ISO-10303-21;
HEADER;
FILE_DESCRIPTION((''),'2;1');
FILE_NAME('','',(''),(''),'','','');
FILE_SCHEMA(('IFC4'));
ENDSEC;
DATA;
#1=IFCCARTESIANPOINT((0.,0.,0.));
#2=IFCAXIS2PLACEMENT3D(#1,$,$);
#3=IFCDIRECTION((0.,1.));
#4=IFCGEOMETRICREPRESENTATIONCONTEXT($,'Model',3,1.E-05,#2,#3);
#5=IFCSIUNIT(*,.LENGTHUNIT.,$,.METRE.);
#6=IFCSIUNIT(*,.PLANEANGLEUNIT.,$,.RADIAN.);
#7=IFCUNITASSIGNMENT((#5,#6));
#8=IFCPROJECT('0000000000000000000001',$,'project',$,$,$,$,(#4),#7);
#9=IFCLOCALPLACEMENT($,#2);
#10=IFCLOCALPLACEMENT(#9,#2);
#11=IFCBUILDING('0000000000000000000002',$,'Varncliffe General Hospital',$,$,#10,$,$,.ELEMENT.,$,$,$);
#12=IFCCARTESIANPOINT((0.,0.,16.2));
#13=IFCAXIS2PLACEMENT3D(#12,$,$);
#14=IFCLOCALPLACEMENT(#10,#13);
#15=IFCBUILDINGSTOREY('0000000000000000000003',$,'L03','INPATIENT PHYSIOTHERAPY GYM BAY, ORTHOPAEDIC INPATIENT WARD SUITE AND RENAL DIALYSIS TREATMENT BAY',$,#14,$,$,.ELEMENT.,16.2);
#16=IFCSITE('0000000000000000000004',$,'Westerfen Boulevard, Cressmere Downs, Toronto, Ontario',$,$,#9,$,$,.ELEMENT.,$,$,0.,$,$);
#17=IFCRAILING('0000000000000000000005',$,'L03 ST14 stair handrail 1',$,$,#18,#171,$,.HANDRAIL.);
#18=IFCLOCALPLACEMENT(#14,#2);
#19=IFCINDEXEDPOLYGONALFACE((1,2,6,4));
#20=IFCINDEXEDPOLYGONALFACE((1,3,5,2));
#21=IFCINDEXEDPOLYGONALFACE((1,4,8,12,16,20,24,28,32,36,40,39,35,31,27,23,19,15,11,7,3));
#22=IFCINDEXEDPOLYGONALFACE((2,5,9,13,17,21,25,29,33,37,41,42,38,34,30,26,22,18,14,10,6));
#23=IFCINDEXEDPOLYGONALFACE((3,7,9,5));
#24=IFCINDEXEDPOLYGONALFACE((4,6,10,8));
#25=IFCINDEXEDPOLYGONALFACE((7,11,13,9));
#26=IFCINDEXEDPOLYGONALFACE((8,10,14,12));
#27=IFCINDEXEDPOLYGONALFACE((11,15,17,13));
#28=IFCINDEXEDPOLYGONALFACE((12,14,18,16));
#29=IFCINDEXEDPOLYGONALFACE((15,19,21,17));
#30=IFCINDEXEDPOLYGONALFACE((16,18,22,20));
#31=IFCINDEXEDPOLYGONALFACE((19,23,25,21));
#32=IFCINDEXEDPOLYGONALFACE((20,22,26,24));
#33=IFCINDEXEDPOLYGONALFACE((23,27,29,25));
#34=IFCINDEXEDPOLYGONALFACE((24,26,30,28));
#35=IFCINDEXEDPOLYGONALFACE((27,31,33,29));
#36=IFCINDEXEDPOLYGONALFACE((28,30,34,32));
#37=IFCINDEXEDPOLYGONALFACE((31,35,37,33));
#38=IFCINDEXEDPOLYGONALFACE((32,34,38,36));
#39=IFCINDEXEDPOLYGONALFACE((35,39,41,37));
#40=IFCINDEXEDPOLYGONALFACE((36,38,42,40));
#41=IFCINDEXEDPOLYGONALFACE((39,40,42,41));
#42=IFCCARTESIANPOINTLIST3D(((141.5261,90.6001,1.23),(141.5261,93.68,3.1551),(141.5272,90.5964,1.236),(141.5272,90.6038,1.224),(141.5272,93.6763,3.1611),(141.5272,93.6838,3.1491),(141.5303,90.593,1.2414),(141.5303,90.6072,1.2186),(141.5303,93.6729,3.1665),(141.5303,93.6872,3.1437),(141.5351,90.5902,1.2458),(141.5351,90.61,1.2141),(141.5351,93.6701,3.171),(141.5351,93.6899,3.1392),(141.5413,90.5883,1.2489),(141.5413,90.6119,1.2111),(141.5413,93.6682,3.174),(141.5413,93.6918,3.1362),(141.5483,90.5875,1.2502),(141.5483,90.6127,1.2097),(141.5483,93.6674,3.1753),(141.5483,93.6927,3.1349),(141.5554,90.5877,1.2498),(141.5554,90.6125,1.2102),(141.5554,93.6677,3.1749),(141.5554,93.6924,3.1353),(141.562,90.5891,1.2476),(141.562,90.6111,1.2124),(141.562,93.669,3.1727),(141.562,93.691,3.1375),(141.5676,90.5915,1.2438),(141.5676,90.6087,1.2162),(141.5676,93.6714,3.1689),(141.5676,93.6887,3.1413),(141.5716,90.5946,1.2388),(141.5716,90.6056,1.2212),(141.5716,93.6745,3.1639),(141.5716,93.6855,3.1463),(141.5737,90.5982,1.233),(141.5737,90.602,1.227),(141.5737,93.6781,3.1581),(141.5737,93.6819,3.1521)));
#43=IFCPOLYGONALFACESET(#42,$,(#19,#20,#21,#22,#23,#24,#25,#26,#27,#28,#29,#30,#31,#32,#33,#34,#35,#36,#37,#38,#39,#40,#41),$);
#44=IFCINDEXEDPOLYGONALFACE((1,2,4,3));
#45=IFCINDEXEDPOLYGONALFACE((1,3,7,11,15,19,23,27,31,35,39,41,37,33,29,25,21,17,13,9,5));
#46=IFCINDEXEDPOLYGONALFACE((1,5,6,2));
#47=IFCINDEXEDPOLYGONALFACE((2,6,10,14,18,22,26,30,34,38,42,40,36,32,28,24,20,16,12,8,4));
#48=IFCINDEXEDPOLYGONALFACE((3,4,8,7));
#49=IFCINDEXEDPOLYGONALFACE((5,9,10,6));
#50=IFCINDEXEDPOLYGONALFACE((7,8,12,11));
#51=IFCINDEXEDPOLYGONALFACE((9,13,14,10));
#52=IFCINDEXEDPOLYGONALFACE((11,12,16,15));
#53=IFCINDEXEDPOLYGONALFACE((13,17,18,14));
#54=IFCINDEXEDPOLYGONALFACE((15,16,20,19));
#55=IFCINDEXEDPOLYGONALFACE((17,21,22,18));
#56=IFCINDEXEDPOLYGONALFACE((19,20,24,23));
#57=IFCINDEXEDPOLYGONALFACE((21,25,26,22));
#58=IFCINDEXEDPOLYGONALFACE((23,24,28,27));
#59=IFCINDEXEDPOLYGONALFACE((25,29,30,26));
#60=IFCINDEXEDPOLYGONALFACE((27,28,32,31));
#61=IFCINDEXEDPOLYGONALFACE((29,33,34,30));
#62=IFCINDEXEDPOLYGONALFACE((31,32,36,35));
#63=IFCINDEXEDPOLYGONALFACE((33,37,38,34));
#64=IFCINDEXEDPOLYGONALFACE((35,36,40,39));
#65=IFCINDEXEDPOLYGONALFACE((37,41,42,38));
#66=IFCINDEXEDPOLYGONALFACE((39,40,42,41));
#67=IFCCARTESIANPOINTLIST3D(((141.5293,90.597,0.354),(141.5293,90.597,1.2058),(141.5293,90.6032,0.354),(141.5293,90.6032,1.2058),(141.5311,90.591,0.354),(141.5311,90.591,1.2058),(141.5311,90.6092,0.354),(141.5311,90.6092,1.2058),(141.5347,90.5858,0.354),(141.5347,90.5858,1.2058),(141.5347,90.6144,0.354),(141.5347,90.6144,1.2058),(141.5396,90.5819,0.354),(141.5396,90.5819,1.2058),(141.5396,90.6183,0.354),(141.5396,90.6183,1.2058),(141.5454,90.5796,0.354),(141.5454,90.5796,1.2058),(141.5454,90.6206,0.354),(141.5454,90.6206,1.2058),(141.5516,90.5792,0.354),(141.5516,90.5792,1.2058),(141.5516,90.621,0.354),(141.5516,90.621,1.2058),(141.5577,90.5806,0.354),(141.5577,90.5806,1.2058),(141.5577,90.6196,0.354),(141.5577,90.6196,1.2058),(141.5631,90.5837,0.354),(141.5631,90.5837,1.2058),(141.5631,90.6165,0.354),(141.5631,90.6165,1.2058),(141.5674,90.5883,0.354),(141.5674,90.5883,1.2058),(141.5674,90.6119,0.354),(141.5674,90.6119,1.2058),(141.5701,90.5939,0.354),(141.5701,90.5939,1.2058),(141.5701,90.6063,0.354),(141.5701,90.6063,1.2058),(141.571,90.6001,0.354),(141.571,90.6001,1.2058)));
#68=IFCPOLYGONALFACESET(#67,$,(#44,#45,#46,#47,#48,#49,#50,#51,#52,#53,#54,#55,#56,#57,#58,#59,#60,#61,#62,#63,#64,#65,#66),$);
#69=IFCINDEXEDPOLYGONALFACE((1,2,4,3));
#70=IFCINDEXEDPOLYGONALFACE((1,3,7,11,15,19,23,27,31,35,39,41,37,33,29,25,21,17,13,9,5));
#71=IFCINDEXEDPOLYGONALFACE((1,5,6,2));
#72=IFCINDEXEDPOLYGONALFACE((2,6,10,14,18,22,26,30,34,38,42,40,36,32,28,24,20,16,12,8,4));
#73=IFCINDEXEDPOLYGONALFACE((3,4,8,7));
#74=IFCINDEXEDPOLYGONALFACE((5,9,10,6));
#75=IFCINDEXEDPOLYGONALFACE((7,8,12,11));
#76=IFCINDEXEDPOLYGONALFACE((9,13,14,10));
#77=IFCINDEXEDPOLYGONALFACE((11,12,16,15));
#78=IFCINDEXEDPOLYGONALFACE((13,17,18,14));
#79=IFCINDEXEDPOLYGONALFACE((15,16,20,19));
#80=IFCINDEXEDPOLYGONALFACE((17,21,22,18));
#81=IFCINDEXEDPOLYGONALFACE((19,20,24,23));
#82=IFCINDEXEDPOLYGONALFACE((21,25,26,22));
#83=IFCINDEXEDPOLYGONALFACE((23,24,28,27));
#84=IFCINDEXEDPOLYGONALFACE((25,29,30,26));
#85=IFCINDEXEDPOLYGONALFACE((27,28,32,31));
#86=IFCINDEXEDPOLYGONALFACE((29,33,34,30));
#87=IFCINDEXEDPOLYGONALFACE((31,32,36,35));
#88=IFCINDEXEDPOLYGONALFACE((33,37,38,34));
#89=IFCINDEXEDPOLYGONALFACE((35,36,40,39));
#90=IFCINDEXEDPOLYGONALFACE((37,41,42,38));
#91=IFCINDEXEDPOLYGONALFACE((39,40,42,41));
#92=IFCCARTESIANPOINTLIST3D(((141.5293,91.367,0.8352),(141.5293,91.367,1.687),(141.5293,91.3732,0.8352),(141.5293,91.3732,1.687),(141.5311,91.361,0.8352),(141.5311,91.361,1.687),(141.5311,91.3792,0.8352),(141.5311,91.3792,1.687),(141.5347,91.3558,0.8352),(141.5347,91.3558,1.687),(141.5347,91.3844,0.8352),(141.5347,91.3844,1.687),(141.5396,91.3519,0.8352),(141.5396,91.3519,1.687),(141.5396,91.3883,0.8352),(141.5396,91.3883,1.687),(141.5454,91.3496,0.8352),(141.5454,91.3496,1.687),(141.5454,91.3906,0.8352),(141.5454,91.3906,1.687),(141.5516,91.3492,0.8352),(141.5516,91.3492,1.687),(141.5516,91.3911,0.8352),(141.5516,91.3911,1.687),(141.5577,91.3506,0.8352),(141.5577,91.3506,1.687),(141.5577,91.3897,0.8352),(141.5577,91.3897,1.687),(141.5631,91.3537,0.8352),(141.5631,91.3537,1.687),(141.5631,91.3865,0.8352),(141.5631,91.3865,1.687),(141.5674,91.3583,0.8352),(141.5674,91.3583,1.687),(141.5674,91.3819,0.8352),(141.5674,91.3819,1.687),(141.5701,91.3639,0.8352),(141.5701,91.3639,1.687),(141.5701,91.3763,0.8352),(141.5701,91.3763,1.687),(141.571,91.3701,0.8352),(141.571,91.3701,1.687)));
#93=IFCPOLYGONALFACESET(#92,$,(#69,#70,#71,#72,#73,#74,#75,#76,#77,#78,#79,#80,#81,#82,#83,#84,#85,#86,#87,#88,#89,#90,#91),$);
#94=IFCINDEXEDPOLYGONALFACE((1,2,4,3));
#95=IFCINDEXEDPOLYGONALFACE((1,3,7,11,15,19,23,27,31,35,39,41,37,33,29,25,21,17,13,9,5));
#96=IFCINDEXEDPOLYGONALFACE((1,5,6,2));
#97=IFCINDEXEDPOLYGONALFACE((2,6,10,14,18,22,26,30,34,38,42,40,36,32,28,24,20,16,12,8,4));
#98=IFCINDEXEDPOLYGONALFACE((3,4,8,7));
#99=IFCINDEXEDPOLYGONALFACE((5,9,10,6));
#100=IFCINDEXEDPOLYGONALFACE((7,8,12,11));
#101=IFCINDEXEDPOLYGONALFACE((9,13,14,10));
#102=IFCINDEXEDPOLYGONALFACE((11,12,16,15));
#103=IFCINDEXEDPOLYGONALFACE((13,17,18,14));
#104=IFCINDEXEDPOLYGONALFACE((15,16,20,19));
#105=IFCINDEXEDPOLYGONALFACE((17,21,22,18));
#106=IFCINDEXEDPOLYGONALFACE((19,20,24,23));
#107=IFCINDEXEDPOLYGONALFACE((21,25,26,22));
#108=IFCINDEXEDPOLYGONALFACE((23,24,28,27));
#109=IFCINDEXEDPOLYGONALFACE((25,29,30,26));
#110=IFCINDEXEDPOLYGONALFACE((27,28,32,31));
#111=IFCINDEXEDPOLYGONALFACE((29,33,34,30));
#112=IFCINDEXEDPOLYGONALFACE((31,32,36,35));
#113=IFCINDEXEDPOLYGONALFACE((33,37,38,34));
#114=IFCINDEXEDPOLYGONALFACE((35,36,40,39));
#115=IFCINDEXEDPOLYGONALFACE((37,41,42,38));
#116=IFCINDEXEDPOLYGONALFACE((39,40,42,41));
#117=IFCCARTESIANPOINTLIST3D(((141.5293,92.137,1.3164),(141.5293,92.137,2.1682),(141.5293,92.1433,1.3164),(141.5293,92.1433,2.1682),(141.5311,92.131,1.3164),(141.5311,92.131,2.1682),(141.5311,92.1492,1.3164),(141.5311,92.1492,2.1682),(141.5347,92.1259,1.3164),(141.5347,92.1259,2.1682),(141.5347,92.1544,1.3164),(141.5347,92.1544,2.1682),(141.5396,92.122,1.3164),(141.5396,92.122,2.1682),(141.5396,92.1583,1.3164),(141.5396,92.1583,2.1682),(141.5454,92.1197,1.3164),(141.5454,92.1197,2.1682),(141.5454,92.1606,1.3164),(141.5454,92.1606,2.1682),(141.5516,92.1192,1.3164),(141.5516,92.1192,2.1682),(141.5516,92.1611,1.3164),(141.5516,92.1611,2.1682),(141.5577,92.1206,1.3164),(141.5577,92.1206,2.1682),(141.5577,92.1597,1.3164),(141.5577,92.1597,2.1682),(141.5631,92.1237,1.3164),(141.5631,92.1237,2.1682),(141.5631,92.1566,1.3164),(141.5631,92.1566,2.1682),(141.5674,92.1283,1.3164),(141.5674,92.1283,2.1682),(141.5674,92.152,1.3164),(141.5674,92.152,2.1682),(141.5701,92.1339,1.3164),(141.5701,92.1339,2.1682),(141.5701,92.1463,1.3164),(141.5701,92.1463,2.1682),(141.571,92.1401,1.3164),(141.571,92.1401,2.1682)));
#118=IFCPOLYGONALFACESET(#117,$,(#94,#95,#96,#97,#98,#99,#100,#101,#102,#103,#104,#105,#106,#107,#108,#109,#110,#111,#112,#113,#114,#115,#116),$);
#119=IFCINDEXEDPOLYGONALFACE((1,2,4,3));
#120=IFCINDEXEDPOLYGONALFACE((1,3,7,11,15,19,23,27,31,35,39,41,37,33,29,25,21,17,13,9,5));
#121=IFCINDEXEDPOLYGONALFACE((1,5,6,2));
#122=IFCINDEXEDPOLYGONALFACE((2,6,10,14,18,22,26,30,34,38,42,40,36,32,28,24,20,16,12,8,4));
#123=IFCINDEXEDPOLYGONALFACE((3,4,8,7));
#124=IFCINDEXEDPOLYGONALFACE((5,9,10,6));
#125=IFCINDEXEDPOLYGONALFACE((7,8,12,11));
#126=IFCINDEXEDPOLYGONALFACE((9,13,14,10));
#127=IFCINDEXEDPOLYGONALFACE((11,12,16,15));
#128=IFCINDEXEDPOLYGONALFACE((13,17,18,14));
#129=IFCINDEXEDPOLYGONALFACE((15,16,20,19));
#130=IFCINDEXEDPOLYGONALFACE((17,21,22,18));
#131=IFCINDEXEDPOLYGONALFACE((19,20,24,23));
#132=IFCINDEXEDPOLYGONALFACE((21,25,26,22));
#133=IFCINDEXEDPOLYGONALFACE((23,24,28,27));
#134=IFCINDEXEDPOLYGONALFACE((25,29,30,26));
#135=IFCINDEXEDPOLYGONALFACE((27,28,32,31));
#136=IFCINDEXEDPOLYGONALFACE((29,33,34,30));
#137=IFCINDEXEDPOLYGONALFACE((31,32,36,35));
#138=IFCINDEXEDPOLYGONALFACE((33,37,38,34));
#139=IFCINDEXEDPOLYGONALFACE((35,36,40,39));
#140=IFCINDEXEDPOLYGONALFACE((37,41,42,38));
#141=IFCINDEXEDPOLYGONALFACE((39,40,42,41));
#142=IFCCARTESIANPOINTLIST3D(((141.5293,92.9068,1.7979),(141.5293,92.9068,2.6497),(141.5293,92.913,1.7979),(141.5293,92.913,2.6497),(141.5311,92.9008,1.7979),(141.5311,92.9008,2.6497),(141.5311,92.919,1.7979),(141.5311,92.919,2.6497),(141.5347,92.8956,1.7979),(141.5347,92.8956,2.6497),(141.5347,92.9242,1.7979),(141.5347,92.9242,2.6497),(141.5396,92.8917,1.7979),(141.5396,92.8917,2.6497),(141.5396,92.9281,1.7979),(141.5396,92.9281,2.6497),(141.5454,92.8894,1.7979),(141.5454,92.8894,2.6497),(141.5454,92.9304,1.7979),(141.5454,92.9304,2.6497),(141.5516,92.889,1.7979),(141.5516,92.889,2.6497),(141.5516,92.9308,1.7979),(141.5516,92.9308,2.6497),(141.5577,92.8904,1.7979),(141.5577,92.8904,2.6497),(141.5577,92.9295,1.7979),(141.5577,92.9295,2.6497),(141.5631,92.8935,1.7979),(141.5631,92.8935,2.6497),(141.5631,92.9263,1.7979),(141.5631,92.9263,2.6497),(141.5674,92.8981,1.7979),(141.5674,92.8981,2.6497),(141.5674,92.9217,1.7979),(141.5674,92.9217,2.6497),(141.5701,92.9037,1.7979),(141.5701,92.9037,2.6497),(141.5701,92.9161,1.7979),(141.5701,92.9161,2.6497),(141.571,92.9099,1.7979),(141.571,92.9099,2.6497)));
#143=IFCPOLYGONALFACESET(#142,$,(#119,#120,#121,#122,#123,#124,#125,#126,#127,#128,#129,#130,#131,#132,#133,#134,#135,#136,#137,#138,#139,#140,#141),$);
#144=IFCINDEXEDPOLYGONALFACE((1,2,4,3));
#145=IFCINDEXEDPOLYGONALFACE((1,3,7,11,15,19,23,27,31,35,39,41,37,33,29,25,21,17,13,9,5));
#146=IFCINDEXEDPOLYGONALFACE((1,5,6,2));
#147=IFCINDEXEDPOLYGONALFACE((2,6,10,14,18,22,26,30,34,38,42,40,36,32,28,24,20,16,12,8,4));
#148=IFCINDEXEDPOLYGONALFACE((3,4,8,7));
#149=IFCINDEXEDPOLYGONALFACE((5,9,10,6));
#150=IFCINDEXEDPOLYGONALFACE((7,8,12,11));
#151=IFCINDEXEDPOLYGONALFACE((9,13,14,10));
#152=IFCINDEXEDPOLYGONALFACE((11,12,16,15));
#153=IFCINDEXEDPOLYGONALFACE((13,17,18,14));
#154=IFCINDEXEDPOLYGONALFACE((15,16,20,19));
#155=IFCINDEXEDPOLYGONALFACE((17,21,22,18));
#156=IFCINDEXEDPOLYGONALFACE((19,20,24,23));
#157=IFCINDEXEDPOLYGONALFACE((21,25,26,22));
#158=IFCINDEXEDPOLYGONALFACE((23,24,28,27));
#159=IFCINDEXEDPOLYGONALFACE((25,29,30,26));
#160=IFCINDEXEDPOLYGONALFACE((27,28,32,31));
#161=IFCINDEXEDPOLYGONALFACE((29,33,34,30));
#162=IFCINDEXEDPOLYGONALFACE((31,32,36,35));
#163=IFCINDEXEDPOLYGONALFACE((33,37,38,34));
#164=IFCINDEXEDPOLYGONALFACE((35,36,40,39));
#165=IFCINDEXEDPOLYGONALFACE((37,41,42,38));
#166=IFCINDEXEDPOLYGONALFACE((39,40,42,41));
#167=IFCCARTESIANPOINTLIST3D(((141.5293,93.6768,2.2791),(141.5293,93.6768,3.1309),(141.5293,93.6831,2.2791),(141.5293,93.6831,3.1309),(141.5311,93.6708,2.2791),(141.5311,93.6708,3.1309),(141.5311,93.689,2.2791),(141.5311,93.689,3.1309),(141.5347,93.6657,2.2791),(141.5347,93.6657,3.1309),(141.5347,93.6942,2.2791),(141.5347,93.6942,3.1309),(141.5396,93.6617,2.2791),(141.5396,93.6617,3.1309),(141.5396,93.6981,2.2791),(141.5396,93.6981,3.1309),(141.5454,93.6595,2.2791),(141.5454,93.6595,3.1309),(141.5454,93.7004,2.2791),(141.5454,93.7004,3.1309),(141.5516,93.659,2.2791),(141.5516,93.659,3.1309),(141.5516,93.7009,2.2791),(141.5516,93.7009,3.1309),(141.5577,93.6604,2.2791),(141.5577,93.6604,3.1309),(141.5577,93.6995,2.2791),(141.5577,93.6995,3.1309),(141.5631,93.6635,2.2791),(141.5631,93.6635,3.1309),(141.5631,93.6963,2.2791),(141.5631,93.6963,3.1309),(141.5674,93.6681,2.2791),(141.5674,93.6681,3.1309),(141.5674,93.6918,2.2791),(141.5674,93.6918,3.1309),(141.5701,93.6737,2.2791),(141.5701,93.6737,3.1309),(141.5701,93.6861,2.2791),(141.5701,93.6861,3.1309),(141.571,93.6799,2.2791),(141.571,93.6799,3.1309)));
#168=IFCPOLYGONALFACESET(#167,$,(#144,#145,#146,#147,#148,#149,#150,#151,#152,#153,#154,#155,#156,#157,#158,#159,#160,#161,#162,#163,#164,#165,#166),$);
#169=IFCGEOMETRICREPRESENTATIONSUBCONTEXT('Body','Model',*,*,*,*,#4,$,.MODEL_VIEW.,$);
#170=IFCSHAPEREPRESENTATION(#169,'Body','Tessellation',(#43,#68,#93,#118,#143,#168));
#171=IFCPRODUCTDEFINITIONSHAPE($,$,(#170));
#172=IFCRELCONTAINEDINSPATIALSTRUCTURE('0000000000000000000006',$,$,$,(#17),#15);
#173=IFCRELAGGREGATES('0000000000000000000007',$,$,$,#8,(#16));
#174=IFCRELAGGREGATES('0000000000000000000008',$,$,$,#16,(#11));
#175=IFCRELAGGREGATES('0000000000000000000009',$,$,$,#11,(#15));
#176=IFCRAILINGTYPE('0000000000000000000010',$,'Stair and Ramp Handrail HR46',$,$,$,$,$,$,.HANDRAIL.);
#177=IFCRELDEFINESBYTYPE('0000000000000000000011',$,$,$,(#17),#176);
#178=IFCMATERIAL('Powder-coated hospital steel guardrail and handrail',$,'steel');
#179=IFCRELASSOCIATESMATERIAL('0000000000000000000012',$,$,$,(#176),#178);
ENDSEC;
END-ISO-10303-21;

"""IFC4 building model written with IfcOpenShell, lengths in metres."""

from ifc_helpers import new_model, si_unit, direction, frame, origin, origin_2d, place, context, subcontext, project, spatial, circle, extrude, material, type_object, element, save


model = new_model("IFC4")

# Units and contexts
model_context = context("Model", 3, precision=1e-05, world=origin(), true_north=direction((0.0, 1.0)))
body_context = subcontext(model_context, "Body", "Model", "MODEL_VIEW")
ifc_project = project(units=[si_unit("LENGTHUNIT", "METRE"), si_unit("PLANEANGLEUNIT", "RADIAN")], contexts=[model_context])

# Site, building, storey
site_placement = place(None, origin())
site = spatial("IfcSite", under=ifc_project, at=site_placement, Name="Westerfen Boulevard, Cressmere Downs, Toronto, Ontario", CompositionType="ELEMENT", RefElevation=0.0)
building_placement = place(site_placement, origin())
building = spatial("IfcBuilding", under=site, at=building_placement, Name="Varncliffe General Hospital", CompositionType="ELEMENT")
storey_placement = place(building_placement, frame((0.0, 0.0, 16.2)))
storey = spatial("IfcBuildingStorey", under=building, at=storey_placement, Name="L03", Description="INPATIENT PHYSIOTHERAPY GYM BAY, ORTHOPAEDIC INPATIENT WARD SUITE AND RENAL DIALYSIS TREATMENT BAY", CompositionType="ELEMENT", Elevation=16.2)

# Railing
ifc_material_1 = material(Name="Powder-coated hospital steel guardrail and handrail", Category="steel")
railing_type_1 = type_object("IfcRailingType", Name="Stair and Ramp Handrail HR46", PredefinedType="HANDRAIL", material=ifc_material_1)
railing_1_placement = place(storey_placement, frame((141.55, 90.6001, 0.354)))
element("IfcRailing", 1, at=railing_1_placement, inside=storey, type_object=railing_type_1, Name="L03 ST14 stair handrail 1", PredefinedType="HANDRAIL", context=body_context, shape_type="SweptSolid", body=[
    extrude(circle(Radius=0.0239, at=origin_2d()), frame((0.0, 0.0, 0.876), z_axis=(0.0, 0.847979, 0.530029), x_axis=(-1.0, 0.0, 0.0)), (0.0, 0.0, 1.0), 3.6321),
    extrude(circle(Radius=0.021, at=origin_2d()), origin(), (0.0, 0.0, 1.0), 0.8518),
    extrude(circle(Radius=0.021, at=origin_2d()), frame((0.0, 0.77, 0.4812)), (0.0, 0.0, 1.0), 0.8518),
    extrude(circle(Radius=0.021, at=origin_2d()), frame((0.0, 1.54, 0.9624)), (0.0, 0.0, 1.0), 0.8518),
    extrude(circle(Radius=0.021, at=origin_2d()), frame((0.0, 2.3098, 1.4438)), (0.0, 0.0, 1.0), 0.8518),
    extrude(circle(Radius=0.021, at=origin_2d()), frame((0.0, 3.0798, 1.925)), (0.0, 0.0, 1.0), 0.8518),
])

save(model, "model.ifc")
